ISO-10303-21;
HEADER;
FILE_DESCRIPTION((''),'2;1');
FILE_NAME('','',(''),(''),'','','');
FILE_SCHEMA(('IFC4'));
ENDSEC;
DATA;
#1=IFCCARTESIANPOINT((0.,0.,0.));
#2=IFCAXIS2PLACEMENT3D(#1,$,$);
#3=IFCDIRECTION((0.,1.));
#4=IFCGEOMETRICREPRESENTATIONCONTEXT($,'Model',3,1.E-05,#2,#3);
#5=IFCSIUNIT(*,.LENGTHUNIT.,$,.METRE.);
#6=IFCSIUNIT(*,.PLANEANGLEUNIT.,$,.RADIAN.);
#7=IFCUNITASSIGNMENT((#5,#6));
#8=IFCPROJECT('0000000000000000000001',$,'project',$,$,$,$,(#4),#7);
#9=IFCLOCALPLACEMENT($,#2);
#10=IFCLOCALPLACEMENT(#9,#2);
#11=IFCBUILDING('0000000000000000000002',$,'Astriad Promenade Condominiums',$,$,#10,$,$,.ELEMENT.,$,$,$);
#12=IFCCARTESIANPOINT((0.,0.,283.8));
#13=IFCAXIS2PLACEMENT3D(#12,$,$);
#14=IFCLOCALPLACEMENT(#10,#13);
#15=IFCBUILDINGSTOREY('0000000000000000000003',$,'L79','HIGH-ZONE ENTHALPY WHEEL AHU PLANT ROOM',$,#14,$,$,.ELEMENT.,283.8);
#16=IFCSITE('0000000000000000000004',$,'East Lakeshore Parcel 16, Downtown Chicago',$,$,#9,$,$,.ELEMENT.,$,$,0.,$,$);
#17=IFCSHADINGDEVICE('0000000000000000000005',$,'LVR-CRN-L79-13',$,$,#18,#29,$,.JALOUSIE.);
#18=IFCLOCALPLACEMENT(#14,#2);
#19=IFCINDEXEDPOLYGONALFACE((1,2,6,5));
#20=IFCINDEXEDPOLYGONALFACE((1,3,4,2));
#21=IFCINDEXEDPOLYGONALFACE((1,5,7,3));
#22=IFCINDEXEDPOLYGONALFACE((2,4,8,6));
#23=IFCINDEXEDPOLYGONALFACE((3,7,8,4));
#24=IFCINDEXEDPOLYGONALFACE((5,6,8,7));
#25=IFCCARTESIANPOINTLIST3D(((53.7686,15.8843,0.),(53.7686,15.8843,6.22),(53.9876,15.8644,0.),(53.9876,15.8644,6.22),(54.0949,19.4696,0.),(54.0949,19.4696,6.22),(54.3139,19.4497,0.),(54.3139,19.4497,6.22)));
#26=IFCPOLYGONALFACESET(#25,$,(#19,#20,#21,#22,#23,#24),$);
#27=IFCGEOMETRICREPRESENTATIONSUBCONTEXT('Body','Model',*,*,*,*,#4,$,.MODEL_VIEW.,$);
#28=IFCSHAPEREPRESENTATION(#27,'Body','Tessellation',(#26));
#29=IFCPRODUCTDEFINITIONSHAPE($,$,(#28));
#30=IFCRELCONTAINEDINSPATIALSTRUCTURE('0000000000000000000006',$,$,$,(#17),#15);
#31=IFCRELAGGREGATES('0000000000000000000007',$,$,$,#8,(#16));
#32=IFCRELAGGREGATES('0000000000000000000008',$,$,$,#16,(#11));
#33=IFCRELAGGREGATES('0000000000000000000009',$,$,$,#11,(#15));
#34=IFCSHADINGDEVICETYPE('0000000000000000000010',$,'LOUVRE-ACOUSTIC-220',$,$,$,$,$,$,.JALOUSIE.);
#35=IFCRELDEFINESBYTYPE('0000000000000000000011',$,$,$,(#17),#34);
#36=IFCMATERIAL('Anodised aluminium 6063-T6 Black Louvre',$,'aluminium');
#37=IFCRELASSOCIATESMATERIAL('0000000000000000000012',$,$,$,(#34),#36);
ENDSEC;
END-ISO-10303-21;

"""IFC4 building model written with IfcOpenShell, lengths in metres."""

from ifc_helpers import new_model, si_unit, direction, frame, origin, origin_2d, place, context, subcontext, project, spatial, rectangle, extrude, source, transform, mapped, material, type_object, type_shapes, element, save


model = new_model("IFC4")

# Units and contexts
model_context = context("Model", 3, precision=1e-05, world=origin(), true_north=direction((0.0, 1.0)))
body_context = subcontext(model_context, "Body", "Model", "MODEL_VIEW")
ifc_project = project(units=[si_unit("LENGTHUNIT", "METRE"), si_unit("PLANEANGLEUNIT", "RADIAN")], contexts=[model_context])

# Site, building, storey
site_placement = place(None, origin())
site = spatial("IfcSite", under=ifc_project, at=site_placement, Name="East Lakeshore Parcel 16, Downtown Chicago", CompositionType="ELEMENT", RefElevation=0.0)
building_placement = place(site_placement, origin())
building = spatial("IfcBuilding", under=site, at=building_placement, Name="Astriad Promenade Condominiums", CompositionType="ELEMENT")
storey_placement = place(building_placement, frame((0.0, 0.0, 283.8)))
storey = spatial("IfcBuildingStorey", under=building, at=storey_placement, Name="L79", Description="HIGH-ZONE ENTHALPY WHEEL AHU PLANT ROOM", CompositionType="ELEMENT", Elevation=283.8)

# Shading device
ifc_material_1 = material(Name="Anodised aluminium 6063-T6 Black Louvre", Category="aluminium")
shading_device_type_1 = type_object("IfcShadingDeviceType", Name="LOUVRE-ACOUSTIC-220", PredefinedType="JALOUSIE", material=ifc_material_1)
shared_shape_1 = source(origin(), body_context, "Body", "SweptSolid", [
    extrude(rectangle(XDim=3.6001, YDim=0.22, at=origin_2d()), origin(), (0.0, 0.0, 1.0), 6.22),
])
type_shapes(shading_device_type_1, [shared_shape_1])
shading_device_placement = place(storey_placement, frame((54.0413, 17.667, 0.0), z_axis=(0.0, 0.0, 1.0), x_axis=(-0.090633, -0.995884, 0.0)))
element("IfcShadingDevice", 1, at=shading_device_placement, inside=storey, type_object=shading_device_type_1, Name="LVR-CRN-L79-13", PredefinedType="JALOUSIE", context=body_context, shape_type="MappedRepresentation", body=[
    mapped(shared_shape_1, transform((0.0, 0.0, 0.0), scale=1.0)),
])

save(model, "model.ifc")
